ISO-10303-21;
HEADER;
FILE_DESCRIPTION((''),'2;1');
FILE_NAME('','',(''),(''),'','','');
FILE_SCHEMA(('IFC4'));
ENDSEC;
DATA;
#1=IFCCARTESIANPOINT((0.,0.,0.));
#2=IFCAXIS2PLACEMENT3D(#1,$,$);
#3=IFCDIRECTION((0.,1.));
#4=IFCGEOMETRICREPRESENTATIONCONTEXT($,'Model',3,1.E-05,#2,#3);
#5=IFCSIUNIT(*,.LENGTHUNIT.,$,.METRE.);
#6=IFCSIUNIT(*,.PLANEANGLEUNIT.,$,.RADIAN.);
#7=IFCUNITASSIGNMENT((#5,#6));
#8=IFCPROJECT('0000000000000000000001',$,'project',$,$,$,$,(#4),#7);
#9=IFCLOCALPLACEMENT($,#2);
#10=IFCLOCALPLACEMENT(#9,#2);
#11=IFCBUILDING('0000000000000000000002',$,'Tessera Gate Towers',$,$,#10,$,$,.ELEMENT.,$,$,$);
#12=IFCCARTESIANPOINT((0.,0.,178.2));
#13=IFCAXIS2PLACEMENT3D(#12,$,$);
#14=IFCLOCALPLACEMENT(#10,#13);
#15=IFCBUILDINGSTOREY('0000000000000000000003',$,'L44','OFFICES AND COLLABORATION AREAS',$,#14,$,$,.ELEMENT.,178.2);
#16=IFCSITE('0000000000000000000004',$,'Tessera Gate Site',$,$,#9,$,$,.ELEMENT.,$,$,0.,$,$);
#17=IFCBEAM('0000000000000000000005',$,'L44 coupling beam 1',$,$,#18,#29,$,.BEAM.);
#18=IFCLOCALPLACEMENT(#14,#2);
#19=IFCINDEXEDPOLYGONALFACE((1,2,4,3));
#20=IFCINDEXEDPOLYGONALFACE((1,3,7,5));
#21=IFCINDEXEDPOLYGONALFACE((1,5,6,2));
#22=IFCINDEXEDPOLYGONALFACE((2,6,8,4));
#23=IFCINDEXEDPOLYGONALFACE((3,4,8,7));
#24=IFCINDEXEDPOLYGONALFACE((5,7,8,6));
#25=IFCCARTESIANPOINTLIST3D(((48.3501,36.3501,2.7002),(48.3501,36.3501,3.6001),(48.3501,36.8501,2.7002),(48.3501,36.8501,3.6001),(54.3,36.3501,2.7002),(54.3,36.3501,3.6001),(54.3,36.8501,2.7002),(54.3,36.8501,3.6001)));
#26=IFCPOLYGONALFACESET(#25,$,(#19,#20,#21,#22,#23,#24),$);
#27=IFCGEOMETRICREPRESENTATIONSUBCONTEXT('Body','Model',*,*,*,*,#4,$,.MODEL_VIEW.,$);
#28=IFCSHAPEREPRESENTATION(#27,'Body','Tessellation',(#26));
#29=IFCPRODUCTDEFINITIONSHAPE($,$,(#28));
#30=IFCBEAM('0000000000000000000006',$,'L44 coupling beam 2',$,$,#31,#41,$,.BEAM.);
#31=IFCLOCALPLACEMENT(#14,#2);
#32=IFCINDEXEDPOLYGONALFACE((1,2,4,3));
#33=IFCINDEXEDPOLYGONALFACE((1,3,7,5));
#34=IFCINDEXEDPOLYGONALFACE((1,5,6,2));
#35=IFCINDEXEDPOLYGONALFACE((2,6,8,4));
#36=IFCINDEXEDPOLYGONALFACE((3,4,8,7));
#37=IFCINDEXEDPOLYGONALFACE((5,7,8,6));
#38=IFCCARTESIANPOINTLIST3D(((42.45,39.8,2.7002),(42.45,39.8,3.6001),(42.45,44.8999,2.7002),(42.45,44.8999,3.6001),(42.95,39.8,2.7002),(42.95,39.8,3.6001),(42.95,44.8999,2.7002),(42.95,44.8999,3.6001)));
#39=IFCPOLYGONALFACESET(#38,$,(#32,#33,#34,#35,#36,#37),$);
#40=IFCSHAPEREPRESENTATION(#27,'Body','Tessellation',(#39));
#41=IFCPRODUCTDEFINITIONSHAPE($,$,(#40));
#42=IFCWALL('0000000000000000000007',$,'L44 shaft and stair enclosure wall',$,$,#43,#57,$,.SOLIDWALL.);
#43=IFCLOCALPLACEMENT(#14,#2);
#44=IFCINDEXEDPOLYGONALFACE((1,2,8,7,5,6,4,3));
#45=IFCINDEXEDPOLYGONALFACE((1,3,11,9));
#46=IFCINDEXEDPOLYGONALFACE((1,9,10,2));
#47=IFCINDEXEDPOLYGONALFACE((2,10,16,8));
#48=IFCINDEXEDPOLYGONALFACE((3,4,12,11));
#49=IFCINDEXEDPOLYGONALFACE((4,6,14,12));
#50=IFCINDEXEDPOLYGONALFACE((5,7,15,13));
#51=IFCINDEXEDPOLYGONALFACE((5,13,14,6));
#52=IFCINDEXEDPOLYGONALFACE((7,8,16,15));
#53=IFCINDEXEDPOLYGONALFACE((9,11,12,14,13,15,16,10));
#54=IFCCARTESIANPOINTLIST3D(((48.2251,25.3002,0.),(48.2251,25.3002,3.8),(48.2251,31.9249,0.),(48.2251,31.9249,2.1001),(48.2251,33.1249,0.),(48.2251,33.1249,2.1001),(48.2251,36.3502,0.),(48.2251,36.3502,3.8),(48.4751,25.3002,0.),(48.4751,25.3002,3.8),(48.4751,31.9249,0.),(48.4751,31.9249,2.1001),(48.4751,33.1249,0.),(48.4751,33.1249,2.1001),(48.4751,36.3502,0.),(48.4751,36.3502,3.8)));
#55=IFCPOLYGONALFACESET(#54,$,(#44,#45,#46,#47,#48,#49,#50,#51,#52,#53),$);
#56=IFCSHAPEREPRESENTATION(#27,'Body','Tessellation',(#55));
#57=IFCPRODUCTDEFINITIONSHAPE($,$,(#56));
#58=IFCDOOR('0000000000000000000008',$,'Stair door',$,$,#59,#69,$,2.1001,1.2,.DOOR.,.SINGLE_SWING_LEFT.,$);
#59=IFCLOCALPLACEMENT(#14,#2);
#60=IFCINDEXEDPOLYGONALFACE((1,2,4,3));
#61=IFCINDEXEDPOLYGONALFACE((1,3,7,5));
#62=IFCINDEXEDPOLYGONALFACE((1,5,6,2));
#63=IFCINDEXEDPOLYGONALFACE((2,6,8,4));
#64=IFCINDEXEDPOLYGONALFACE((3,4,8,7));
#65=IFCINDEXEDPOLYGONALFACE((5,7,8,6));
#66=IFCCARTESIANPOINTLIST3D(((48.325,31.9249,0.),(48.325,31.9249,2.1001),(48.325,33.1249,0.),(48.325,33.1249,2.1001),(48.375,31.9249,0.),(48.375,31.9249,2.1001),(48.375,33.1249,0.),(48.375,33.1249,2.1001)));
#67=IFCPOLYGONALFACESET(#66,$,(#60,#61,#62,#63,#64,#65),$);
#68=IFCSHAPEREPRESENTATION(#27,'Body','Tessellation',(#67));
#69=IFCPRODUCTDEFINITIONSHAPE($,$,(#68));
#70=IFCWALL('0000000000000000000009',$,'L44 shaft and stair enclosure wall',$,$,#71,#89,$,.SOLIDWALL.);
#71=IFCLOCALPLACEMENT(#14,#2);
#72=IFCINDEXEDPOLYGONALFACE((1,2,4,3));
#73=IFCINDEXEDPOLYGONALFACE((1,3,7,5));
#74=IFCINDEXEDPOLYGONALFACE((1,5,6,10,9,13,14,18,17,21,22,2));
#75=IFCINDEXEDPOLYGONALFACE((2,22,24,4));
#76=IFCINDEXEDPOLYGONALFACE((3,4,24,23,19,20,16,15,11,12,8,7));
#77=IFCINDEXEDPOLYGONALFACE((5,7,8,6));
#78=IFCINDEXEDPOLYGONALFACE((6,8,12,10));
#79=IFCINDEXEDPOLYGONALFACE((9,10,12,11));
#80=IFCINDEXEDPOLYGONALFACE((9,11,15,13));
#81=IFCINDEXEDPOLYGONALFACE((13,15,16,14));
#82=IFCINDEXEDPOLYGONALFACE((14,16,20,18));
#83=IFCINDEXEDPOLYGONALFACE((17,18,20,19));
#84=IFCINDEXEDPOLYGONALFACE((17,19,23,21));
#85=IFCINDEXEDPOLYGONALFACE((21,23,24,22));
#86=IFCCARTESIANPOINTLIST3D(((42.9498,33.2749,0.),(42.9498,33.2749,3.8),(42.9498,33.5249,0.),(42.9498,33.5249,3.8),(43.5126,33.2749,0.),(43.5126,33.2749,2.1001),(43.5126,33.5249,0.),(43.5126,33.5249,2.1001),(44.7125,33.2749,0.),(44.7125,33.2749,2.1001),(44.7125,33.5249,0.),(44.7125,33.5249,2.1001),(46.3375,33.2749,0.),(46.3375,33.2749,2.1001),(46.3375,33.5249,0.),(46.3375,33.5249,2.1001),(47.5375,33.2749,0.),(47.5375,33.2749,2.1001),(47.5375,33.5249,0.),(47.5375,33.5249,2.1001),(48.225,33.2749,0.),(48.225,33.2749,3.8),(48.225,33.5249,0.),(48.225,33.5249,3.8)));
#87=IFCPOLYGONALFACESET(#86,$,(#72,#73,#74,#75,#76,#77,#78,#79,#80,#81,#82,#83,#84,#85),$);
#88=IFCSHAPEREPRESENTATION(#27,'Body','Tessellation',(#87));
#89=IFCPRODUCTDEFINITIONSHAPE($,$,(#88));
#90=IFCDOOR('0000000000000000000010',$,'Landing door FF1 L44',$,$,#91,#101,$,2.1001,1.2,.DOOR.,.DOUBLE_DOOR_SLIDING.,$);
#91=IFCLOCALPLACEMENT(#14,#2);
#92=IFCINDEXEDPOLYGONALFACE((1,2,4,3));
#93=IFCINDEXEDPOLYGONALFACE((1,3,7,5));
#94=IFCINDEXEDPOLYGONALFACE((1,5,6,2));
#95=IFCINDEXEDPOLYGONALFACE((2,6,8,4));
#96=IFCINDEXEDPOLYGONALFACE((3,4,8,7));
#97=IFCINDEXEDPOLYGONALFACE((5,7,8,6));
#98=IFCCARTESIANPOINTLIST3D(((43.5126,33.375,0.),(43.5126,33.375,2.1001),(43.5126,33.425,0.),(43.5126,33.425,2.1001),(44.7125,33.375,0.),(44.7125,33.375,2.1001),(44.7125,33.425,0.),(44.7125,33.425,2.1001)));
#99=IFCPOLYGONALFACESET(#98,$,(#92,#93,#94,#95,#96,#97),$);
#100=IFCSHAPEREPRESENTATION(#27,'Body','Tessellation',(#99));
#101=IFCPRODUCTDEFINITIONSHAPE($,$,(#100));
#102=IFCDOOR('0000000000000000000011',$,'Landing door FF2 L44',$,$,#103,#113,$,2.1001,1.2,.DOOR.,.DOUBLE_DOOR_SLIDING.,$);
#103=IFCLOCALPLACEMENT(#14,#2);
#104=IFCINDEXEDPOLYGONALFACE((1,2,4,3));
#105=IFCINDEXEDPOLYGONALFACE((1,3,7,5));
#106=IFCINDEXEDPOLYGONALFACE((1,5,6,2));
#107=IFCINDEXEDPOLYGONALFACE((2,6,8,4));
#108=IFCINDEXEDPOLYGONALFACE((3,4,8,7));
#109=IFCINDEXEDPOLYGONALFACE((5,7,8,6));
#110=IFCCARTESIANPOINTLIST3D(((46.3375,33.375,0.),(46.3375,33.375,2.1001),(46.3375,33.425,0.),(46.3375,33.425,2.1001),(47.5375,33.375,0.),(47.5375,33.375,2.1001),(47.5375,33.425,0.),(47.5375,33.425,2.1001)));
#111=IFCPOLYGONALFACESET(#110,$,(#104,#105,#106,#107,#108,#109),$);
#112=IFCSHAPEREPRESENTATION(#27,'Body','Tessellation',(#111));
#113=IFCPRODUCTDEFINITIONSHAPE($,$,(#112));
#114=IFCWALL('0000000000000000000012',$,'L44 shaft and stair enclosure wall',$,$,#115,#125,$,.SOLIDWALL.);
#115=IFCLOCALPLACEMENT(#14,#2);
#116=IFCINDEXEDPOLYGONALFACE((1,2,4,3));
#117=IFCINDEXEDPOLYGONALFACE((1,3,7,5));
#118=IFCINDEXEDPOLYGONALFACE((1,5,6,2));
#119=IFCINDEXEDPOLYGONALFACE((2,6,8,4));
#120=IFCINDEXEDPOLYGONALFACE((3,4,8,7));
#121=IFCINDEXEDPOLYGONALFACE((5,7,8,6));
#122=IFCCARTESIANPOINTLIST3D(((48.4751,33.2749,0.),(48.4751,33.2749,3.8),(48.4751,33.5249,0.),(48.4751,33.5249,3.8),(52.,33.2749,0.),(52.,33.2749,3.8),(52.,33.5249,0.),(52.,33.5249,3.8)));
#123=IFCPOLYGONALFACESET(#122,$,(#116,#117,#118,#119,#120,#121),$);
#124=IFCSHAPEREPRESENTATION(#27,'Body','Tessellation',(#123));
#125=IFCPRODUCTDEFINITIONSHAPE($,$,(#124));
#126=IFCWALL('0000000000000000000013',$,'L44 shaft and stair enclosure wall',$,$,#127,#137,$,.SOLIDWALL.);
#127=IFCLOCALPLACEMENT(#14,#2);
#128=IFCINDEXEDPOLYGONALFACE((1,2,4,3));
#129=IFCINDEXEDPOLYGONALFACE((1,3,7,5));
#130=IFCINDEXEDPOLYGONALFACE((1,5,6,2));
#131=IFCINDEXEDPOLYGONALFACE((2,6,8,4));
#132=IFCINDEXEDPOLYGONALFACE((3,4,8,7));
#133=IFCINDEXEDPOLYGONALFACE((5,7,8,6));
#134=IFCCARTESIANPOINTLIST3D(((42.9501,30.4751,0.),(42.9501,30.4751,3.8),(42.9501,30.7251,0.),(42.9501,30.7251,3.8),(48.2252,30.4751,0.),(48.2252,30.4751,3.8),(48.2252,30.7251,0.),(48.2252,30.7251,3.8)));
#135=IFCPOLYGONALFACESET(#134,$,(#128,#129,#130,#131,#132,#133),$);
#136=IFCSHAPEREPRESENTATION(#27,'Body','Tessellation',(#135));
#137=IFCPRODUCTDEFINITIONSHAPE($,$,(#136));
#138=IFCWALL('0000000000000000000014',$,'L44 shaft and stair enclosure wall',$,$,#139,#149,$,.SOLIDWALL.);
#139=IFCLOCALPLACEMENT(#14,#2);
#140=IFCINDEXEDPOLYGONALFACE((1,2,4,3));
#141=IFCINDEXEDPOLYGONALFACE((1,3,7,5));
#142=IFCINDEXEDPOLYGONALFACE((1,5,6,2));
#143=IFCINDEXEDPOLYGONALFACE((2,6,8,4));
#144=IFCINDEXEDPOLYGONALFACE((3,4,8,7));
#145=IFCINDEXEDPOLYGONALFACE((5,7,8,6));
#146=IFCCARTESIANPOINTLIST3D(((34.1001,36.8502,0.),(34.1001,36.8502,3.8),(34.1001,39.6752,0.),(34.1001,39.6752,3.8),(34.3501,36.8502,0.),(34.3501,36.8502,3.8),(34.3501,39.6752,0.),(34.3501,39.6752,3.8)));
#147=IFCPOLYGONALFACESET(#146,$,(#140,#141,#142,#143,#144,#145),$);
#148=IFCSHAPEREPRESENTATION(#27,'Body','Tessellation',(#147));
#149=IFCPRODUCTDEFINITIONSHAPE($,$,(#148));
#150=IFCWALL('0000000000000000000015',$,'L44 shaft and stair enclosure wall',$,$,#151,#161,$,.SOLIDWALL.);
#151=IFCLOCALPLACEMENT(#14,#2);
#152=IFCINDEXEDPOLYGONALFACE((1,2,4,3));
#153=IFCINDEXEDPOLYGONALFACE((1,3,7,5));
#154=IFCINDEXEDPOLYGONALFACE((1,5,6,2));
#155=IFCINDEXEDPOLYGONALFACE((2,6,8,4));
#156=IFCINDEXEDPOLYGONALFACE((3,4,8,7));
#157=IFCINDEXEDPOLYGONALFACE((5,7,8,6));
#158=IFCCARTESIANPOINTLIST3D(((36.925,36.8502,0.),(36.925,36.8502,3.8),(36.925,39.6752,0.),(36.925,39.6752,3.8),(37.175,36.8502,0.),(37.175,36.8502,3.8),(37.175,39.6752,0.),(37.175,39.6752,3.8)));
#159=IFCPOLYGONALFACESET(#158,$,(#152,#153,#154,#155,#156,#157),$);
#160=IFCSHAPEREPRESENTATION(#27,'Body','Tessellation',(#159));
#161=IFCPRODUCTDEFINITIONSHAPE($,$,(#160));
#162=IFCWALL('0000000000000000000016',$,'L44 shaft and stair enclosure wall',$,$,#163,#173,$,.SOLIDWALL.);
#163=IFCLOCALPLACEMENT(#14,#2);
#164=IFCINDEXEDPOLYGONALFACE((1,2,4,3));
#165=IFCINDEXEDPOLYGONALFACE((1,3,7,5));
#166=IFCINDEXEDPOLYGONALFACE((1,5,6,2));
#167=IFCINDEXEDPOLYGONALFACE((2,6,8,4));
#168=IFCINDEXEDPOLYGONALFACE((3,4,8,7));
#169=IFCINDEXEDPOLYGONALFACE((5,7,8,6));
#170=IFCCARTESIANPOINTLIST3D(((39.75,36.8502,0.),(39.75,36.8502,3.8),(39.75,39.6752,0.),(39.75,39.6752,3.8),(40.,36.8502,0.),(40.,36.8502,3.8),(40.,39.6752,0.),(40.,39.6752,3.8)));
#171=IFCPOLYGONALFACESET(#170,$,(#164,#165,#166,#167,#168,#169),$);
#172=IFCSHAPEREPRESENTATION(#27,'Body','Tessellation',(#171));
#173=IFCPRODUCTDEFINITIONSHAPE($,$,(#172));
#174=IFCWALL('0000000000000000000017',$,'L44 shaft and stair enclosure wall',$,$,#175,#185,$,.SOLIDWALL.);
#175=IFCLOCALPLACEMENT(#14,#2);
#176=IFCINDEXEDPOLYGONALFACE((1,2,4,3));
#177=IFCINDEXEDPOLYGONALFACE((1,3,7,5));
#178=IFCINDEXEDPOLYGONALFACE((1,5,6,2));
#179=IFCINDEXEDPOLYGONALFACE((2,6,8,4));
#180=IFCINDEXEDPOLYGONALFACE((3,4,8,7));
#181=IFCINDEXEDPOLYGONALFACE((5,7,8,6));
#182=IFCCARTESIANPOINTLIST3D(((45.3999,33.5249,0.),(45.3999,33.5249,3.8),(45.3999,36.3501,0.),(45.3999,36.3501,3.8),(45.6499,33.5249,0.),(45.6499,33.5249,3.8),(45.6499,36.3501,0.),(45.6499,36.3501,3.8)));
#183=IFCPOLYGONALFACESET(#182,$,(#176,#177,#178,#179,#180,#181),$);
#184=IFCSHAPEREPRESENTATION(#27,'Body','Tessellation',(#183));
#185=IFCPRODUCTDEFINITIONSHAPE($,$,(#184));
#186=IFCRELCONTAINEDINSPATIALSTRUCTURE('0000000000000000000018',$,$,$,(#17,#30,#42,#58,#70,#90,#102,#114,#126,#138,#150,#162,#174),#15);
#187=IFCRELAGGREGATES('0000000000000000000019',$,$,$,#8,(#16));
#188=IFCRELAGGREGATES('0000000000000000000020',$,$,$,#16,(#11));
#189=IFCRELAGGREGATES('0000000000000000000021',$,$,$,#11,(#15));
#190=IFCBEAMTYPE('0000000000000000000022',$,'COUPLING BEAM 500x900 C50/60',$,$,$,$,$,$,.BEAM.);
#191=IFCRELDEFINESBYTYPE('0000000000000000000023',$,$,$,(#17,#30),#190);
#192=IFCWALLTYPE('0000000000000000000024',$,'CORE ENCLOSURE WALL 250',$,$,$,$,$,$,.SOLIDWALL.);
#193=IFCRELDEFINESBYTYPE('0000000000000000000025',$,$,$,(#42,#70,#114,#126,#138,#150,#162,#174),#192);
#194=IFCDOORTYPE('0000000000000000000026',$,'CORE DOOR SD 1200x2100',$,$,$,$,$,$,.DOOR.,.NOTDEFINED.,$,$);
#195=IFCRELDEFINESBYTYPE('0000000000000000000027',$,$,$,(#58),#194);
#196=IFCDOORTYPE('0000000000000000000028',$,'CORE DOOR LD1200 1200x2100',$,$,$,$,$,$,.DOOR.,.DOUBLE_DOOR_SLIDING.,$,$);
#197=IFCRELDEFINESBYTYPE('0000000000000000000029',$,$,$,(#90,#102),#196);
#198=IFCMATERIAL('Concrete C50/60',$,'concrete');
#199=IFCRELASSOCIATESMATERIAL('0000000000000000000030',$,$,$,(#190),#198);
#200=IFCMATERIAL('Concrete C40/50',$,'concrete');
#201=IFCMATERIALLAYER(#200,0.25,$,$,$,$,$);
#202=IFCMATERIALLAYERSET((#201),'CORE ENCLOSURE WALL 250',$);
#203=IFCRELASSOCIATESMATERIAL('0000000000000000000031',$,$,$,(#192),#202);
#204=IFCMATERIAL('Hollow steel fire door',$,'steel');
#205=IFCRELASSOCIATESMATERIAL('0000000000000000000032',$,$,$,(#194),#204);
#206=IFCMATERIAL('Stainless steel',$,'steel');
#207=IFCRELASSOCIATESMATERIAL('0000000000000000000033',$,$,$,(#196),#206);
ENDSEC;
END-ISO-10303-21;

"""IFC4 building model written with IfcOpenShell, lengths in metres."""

from ifc_helpers import new_model, si_unit, direction, frame, frame_2d, origin, origin_2d, place, context, subcontext, project, spatial, rectangle, extrude, source, transform, mapped, material, layer, layer_set, material_profile, profile_set, type_object, element, fill, save


model = new_model("IFC4")

# Units and contexts
model_context = context("Model", 3, precision=1e-05, world=origin(), true_north=direction((0.0, 1.0)))
body_context = subcontext(model_context, "Body", "Model", "MODEL_VIEW")
ifc_project = project(units=[si_unit("LENGTHUNIT", "METRE"), si_unit("PLANEANGLEUNIT", "RADIAN")], contexts=[model_context])

# Site, building, storey
site_placement = place(None, origin())
site = spatial("IfcSite", under=ifc_project, at=site_placement, Name="Tessera Gate Site", CompositionType="ELEMENT", RefElevation=0.0)
building_placement = place(site_placement, origin())
building = spatial("IfcBuilding", under=site, at=building_placement, Name="Tessera Gate Towers", CompositionType="ELEMENT")
storey_placement = place(building_placement, frame((0.0, 0.0, 178.2)))
storey = spatial("IfcBuildingStorey", under=building, at=storey_placement, Name="L44", Description="OFFICES AND COLLABORATION AREAS", CompositionType="ELEMENT", Elevation=178.2)

# Beams
ifc_material_1 = material(Name="Concrete C50/60", Category="concrete")
ifc_material_profile = material_profile(ifc_material_1, rectangle(XDim=0.5, YDim=0.8999, at=origin_2d()), Name="RC 500x900")
ifc_profile_set = profile_set([ifc_material_profile], Name="Concrete C50/60")
beam_type = type_object("IfcBeamType", Name="COUPLING BEAM 500x900 C50/60", PredefinedType="BEAM", material=ifc_profile_set)
beam_1_placement = place(storey_placement, frame((48.3501, 36.6001, 3.1501), z_axis=(1.0, 0.0, 0.0), x_axis=(0.0, 1.0, 0.0)))
element("IfcBeam", 1, at=beam_1_placement, inside=storey, type_object=beam_type, Name="L44 coupling beam 1", PredefinedType="BEAM", context=body_context, shape_type="SweptSolid", body=[
    extrude(rectangle(XDim=0.5, YDim=0.8999, at=origin_2d()), origin(), (0.0, 0.0, 1.0), 5.95),
])
beam_2_placement = place(storey_placement, frame((42.7, 39.8, 3.1501), z_axis=(0.0, 1.0, 0.0), x_axis=(-1.0, 0.0, 0.0)))
element("IfcBeam", 2, at=beam_2_placement, inside=storey, type_object=beam_type, Name="L44 coupling beam 2", PredefinedType="BEAM", context=body_context, shape_type="SweptSolid", body=[
    extrude(rectangle(XDim=0.5, YDim=0.8999, at=origin_2d()), origin(), (0.0, 0.0, 1.0), 5.0999),
])

# Wall, opening, door
ifc_material_2 = material(Name="Concrete C40/50", Category="concrete")
ifc_layer_1 = layer(ifc_material_2, 0.25)
ifc_layer_set_1 = layer_set([ifc_layer_1], Name="CORE ENCLOSURE WALL 250")
wall_type_1 = type_object("IfcWallType", Name="CORE ENCLOSURE WALL 250", PredefinedType="SOLIDWALL", material=ifc_layer_set_1)
wall_1_placement = place(storey_placement, frame((48.3501, 36.3501, 0.0), z_axis=(0.0, 0.0, 1.0), x_axis=(0.0, -1.0, 0.0)))
wall_1 = element("IfcWall", 3, at=wall_1_placement, inside=storey, type_object=wall_type_1, Name="L44 shaft and stair enclosure wall", PredefinedType="SOLIDWALL", context=body_context, shape_type="SweptSolid", body=[
    extrude(rectangle(XDim=11.05, YDim=0.25, at=frame_2d((5.5249, 0.0))), origin(), (0.0, 0.0, 1.0), 3.8),
])
shared_shape_1 = source(origin(), body_context, "Body", "SweptSolid", [
    extrude(rectangle(XDim=1.2, YDim=2.1001, at=frame_2d((0.6001, 1.05))), frame((0.0, 0.135, 0.0), z_axis=(0.0, -1.0, 0.0), x_axis=(1.0, 0.0, 0.0)), (0.0, 0.0, 1.0), 0.27),
])
opening_1_placement = place(wall_1_placement, frame((3.2251, 0.0, 0.0)))
opening_1 = element("IfcOpeningElement", 4, at=opening_1_placement, cuts=wall_1, PredefinedType="OPENING", context=body_context, shape_type="MappedRepresentation", body=[
    mapped(shared_shape_1, transform((0.0, 0.0, 0.0), scale=1.0)),
])
ifc_material_3 = material(Name="Hollow steel fire door", Category="steel")
door_type_1 = type_object("IfcDoorType", Name="CORE DOOR SD 1200x2100", OperationType="NOTDEFINED", PredefinedType="DOOR", material=ifc_material_3)
shared_shape_2 = source(origin(), body_context, "Body", "SweptSolid", [
    extrude(rectangle(XDim=1.2, YDim=2.1001, at=frame_2d((0.6001, 1.05))), frame((0.0, 0.0249, 0.0), z_axis=(0.0, -1.0, 0.0), x_axis=(1.0, 0.0, 0.0)), (0.0, 0.0, 1.0), 0.05),
])
door_1_placement = place(opening_1_placement, origin())
door_1 = element("IfcDoor", 5, at=door_1_placement, inside=storey, type_object=door_type_1, Name="Stair door", OperationType="SINGLE_SWING_LEFT", OverallHeight=2.1001, OverallWidth=1.2, PredefinedType="DOOR", context=body_context, shape_type="MappedRepresentation", body=[
    mapped(shared_shape_2, transform((0.0, 0.0, 0.0), scale=1.0)),
])
fill(opening_1, door_1)

# Wall, openings, doors
wall_2_placement = place(storey_placement, frame((48.2251, 33.3999, 0.0), z_axis=(0.0, 0.0, 1.0), x_axis=(-1.0, 0.0, 0.0)))
wall_2 = element("IfcWall", 6, at=wall_2_placement, inside=storey, type_object=wall_type_1, Name="L44 shaft and stair enclosure wall", PredefinedType="SOLIDWALL", context=body_context, shape_type="SweptSolid", body=[
    extrude(rectangle(XDim=5.2751, YDim=0.25, at=frame_2d((2.6377, 0.0))), origin(), (0.0, 0.0, 1.0), 3.8),
])
opening_2_placement = place(wall_2_placement, frame((3.5125, 0.0, 0.0)))
opening_2 = element("IfcOpeningElement", 7, at=opening_2_placement, cuts=wall_2, PredefinedType="OPENING", context=body_context, shape_type="MappedRepresentation", body=[
    mapped(shared_shape_1, transform((0.0, 0.0, 0.0), scale=1.0)),
])
opening_3_placement = place(wall_2_placement, frame((0.6875, 0.0, 0.0)))
opening_3 = element("IfcOpeningElement", 8, at=opening_3_placement, cuts=wall_2, PredefinedType="OPENING", context=body_context, shape_type="MappedRepresentation", body=[
    mapped(shared_shape_1, transform((0.0, 0.0, 0.0), scale=1.0)),
])
ifc_material_4 = material(Name="Stainless steel", Category="steel")
door_type_2 = type_object("IfcDoorType", Name="CORE DOOR LD1200 1200x2100", OperationType="DOUBLE_DOOR_SLIDING", PredefinedType="DOOR", material=ifc_material_4)
door_2_placement = place(opening_2_placement, origin())
door_2 = element("IfcDoor", 9, at=door_2_placement, inside=storey, type_object=door_type_2, Name="Landing door FF1 L44", OperationType="DOUBLE_DOOR_SLIDING", OverallHeight=2.1001, OverallWidth=1.2, PredefinedType="DOOR", context=body_context, shape_type="MappedRepresentation", body=[
    mapped(shared_shape_2, transform((0.0, 0.0, 0.0), scale=1.0)),
])
fill(opening_2, door_2)
door_3_placement = place(opening_3_placement, origin())
door_3 = element("IfcDoor", 10, at=door_3_placement, inside=storey, type_object=door_type_2, Name="Landing door FF2 L44", OperationType="DOUBLE_DOOR_SLIDING", OverallHeight=2.1001, OverallWidth=1.2, PredefinedType="DOOR", context=body_context, shape_type="MappedRepresentation", body=[
    mapped(shared_shape_2, transform((0.0, 0.0, 0.0), scale=1.0)),
])
fill(opening_3, door_3)

# Walls
wall_3_placement = place(storey_placement, frame((48.4751, 33.3999, 0.0), z_axis=(0.0, 0.0, 1.0), x_axis=(1.0, 0.0, 0.0)))
element("IfcWall", 11, at=wall_3_placement, inside=storey, type_object=wall_type_1, Name="L44 shaft and stair enclosure wall", PredefinedType="SOLIDWALL", context=body_context, shape_type="SweptSolid", body=[
    extrude(rectangle(XDim=3.5249, YDim=0.25, at=frame_2d((1.7625, 0.0))), origin(), (0.0, 0.0, 1.0), 3.8),
])
wall_4_placement = place(storey_placement, frame((42.95, 30.6001, 0.0), z_axis=(0.0, 0.0, 1.0), x_axis=(1.0, 0.0, 0.0)))
element("IfcWall", 12, at=wall_4_placement, inside=storey, type_object=wall_type_1, Name="L44 shaft and stair enclosure wall", PredefinedType="SOLIDWALL", context=body_context, shape_type="SweptSolid", body=[
    extrude(rectangle(XDim=5.2751, YDim=0.25, at=frame_2d((2.6377, 0.0))), origin(), (0.0, 0.0, 1.0), 3.8),
])
for number, where, z_axis, x_axis, name in (
    (13, (34.2251, 36.8501, 0.0), (0.0, 0.0, 1.0), (0.0, 1.0, 0.0), "L44 shaft and stair enclosure wall"),
    (14, (37.05, 36.8501, 0.0), (0.0, 0.0, 1.0), (0.0, 1.0, 0.0), "L44 shaft and stair enclosure wall"),
    (15, (39.875, 36.8501, 0.0), (0.0, 0.0, 1.0), (0.0, 1.0, 0.0), "L44 shaft and stair enclosure wall"),
):
    element("IfcWall", number, at=place(storey_placement, frame(where, z_axis=z_axis, x_axis=x_axis)), inside=storey, type_object=wall_type_1, Name=name, PredefinedType="SOLIDWALL", context=body_context, shape_type="SweptSolid", body=[
        extrude(rectangle(XDim=2.825, YDim=0.25, at=frame_2d((1.4126, 0.0))), origin(), (0.0, 0.0, 1.0), 3.8),
    ])
wall_5_placement = place(storey_placement, frame((45.5249, 33.5249, 0.0), z_axis=(0.0, 0.0, 1.0), x_axis=(0.0, 1.0, 0.0)))
element("IfcWall", 16, at=wall_5_placement, inside=storey, type_object=wall_type_1, Name="L44 shaft and stair enclosure wall", PredefinedType="SOLIDWALL", context=body_context, shape_type="SweptSolid", body=[
    extrude(rectangle(XDim=2.8252, YDim=0.25, at=frame_2d((1.4126, 0.0))), origin(), (0.0, 0.0, 1.0), 3.8),
])

save(model, "model.ifc")
